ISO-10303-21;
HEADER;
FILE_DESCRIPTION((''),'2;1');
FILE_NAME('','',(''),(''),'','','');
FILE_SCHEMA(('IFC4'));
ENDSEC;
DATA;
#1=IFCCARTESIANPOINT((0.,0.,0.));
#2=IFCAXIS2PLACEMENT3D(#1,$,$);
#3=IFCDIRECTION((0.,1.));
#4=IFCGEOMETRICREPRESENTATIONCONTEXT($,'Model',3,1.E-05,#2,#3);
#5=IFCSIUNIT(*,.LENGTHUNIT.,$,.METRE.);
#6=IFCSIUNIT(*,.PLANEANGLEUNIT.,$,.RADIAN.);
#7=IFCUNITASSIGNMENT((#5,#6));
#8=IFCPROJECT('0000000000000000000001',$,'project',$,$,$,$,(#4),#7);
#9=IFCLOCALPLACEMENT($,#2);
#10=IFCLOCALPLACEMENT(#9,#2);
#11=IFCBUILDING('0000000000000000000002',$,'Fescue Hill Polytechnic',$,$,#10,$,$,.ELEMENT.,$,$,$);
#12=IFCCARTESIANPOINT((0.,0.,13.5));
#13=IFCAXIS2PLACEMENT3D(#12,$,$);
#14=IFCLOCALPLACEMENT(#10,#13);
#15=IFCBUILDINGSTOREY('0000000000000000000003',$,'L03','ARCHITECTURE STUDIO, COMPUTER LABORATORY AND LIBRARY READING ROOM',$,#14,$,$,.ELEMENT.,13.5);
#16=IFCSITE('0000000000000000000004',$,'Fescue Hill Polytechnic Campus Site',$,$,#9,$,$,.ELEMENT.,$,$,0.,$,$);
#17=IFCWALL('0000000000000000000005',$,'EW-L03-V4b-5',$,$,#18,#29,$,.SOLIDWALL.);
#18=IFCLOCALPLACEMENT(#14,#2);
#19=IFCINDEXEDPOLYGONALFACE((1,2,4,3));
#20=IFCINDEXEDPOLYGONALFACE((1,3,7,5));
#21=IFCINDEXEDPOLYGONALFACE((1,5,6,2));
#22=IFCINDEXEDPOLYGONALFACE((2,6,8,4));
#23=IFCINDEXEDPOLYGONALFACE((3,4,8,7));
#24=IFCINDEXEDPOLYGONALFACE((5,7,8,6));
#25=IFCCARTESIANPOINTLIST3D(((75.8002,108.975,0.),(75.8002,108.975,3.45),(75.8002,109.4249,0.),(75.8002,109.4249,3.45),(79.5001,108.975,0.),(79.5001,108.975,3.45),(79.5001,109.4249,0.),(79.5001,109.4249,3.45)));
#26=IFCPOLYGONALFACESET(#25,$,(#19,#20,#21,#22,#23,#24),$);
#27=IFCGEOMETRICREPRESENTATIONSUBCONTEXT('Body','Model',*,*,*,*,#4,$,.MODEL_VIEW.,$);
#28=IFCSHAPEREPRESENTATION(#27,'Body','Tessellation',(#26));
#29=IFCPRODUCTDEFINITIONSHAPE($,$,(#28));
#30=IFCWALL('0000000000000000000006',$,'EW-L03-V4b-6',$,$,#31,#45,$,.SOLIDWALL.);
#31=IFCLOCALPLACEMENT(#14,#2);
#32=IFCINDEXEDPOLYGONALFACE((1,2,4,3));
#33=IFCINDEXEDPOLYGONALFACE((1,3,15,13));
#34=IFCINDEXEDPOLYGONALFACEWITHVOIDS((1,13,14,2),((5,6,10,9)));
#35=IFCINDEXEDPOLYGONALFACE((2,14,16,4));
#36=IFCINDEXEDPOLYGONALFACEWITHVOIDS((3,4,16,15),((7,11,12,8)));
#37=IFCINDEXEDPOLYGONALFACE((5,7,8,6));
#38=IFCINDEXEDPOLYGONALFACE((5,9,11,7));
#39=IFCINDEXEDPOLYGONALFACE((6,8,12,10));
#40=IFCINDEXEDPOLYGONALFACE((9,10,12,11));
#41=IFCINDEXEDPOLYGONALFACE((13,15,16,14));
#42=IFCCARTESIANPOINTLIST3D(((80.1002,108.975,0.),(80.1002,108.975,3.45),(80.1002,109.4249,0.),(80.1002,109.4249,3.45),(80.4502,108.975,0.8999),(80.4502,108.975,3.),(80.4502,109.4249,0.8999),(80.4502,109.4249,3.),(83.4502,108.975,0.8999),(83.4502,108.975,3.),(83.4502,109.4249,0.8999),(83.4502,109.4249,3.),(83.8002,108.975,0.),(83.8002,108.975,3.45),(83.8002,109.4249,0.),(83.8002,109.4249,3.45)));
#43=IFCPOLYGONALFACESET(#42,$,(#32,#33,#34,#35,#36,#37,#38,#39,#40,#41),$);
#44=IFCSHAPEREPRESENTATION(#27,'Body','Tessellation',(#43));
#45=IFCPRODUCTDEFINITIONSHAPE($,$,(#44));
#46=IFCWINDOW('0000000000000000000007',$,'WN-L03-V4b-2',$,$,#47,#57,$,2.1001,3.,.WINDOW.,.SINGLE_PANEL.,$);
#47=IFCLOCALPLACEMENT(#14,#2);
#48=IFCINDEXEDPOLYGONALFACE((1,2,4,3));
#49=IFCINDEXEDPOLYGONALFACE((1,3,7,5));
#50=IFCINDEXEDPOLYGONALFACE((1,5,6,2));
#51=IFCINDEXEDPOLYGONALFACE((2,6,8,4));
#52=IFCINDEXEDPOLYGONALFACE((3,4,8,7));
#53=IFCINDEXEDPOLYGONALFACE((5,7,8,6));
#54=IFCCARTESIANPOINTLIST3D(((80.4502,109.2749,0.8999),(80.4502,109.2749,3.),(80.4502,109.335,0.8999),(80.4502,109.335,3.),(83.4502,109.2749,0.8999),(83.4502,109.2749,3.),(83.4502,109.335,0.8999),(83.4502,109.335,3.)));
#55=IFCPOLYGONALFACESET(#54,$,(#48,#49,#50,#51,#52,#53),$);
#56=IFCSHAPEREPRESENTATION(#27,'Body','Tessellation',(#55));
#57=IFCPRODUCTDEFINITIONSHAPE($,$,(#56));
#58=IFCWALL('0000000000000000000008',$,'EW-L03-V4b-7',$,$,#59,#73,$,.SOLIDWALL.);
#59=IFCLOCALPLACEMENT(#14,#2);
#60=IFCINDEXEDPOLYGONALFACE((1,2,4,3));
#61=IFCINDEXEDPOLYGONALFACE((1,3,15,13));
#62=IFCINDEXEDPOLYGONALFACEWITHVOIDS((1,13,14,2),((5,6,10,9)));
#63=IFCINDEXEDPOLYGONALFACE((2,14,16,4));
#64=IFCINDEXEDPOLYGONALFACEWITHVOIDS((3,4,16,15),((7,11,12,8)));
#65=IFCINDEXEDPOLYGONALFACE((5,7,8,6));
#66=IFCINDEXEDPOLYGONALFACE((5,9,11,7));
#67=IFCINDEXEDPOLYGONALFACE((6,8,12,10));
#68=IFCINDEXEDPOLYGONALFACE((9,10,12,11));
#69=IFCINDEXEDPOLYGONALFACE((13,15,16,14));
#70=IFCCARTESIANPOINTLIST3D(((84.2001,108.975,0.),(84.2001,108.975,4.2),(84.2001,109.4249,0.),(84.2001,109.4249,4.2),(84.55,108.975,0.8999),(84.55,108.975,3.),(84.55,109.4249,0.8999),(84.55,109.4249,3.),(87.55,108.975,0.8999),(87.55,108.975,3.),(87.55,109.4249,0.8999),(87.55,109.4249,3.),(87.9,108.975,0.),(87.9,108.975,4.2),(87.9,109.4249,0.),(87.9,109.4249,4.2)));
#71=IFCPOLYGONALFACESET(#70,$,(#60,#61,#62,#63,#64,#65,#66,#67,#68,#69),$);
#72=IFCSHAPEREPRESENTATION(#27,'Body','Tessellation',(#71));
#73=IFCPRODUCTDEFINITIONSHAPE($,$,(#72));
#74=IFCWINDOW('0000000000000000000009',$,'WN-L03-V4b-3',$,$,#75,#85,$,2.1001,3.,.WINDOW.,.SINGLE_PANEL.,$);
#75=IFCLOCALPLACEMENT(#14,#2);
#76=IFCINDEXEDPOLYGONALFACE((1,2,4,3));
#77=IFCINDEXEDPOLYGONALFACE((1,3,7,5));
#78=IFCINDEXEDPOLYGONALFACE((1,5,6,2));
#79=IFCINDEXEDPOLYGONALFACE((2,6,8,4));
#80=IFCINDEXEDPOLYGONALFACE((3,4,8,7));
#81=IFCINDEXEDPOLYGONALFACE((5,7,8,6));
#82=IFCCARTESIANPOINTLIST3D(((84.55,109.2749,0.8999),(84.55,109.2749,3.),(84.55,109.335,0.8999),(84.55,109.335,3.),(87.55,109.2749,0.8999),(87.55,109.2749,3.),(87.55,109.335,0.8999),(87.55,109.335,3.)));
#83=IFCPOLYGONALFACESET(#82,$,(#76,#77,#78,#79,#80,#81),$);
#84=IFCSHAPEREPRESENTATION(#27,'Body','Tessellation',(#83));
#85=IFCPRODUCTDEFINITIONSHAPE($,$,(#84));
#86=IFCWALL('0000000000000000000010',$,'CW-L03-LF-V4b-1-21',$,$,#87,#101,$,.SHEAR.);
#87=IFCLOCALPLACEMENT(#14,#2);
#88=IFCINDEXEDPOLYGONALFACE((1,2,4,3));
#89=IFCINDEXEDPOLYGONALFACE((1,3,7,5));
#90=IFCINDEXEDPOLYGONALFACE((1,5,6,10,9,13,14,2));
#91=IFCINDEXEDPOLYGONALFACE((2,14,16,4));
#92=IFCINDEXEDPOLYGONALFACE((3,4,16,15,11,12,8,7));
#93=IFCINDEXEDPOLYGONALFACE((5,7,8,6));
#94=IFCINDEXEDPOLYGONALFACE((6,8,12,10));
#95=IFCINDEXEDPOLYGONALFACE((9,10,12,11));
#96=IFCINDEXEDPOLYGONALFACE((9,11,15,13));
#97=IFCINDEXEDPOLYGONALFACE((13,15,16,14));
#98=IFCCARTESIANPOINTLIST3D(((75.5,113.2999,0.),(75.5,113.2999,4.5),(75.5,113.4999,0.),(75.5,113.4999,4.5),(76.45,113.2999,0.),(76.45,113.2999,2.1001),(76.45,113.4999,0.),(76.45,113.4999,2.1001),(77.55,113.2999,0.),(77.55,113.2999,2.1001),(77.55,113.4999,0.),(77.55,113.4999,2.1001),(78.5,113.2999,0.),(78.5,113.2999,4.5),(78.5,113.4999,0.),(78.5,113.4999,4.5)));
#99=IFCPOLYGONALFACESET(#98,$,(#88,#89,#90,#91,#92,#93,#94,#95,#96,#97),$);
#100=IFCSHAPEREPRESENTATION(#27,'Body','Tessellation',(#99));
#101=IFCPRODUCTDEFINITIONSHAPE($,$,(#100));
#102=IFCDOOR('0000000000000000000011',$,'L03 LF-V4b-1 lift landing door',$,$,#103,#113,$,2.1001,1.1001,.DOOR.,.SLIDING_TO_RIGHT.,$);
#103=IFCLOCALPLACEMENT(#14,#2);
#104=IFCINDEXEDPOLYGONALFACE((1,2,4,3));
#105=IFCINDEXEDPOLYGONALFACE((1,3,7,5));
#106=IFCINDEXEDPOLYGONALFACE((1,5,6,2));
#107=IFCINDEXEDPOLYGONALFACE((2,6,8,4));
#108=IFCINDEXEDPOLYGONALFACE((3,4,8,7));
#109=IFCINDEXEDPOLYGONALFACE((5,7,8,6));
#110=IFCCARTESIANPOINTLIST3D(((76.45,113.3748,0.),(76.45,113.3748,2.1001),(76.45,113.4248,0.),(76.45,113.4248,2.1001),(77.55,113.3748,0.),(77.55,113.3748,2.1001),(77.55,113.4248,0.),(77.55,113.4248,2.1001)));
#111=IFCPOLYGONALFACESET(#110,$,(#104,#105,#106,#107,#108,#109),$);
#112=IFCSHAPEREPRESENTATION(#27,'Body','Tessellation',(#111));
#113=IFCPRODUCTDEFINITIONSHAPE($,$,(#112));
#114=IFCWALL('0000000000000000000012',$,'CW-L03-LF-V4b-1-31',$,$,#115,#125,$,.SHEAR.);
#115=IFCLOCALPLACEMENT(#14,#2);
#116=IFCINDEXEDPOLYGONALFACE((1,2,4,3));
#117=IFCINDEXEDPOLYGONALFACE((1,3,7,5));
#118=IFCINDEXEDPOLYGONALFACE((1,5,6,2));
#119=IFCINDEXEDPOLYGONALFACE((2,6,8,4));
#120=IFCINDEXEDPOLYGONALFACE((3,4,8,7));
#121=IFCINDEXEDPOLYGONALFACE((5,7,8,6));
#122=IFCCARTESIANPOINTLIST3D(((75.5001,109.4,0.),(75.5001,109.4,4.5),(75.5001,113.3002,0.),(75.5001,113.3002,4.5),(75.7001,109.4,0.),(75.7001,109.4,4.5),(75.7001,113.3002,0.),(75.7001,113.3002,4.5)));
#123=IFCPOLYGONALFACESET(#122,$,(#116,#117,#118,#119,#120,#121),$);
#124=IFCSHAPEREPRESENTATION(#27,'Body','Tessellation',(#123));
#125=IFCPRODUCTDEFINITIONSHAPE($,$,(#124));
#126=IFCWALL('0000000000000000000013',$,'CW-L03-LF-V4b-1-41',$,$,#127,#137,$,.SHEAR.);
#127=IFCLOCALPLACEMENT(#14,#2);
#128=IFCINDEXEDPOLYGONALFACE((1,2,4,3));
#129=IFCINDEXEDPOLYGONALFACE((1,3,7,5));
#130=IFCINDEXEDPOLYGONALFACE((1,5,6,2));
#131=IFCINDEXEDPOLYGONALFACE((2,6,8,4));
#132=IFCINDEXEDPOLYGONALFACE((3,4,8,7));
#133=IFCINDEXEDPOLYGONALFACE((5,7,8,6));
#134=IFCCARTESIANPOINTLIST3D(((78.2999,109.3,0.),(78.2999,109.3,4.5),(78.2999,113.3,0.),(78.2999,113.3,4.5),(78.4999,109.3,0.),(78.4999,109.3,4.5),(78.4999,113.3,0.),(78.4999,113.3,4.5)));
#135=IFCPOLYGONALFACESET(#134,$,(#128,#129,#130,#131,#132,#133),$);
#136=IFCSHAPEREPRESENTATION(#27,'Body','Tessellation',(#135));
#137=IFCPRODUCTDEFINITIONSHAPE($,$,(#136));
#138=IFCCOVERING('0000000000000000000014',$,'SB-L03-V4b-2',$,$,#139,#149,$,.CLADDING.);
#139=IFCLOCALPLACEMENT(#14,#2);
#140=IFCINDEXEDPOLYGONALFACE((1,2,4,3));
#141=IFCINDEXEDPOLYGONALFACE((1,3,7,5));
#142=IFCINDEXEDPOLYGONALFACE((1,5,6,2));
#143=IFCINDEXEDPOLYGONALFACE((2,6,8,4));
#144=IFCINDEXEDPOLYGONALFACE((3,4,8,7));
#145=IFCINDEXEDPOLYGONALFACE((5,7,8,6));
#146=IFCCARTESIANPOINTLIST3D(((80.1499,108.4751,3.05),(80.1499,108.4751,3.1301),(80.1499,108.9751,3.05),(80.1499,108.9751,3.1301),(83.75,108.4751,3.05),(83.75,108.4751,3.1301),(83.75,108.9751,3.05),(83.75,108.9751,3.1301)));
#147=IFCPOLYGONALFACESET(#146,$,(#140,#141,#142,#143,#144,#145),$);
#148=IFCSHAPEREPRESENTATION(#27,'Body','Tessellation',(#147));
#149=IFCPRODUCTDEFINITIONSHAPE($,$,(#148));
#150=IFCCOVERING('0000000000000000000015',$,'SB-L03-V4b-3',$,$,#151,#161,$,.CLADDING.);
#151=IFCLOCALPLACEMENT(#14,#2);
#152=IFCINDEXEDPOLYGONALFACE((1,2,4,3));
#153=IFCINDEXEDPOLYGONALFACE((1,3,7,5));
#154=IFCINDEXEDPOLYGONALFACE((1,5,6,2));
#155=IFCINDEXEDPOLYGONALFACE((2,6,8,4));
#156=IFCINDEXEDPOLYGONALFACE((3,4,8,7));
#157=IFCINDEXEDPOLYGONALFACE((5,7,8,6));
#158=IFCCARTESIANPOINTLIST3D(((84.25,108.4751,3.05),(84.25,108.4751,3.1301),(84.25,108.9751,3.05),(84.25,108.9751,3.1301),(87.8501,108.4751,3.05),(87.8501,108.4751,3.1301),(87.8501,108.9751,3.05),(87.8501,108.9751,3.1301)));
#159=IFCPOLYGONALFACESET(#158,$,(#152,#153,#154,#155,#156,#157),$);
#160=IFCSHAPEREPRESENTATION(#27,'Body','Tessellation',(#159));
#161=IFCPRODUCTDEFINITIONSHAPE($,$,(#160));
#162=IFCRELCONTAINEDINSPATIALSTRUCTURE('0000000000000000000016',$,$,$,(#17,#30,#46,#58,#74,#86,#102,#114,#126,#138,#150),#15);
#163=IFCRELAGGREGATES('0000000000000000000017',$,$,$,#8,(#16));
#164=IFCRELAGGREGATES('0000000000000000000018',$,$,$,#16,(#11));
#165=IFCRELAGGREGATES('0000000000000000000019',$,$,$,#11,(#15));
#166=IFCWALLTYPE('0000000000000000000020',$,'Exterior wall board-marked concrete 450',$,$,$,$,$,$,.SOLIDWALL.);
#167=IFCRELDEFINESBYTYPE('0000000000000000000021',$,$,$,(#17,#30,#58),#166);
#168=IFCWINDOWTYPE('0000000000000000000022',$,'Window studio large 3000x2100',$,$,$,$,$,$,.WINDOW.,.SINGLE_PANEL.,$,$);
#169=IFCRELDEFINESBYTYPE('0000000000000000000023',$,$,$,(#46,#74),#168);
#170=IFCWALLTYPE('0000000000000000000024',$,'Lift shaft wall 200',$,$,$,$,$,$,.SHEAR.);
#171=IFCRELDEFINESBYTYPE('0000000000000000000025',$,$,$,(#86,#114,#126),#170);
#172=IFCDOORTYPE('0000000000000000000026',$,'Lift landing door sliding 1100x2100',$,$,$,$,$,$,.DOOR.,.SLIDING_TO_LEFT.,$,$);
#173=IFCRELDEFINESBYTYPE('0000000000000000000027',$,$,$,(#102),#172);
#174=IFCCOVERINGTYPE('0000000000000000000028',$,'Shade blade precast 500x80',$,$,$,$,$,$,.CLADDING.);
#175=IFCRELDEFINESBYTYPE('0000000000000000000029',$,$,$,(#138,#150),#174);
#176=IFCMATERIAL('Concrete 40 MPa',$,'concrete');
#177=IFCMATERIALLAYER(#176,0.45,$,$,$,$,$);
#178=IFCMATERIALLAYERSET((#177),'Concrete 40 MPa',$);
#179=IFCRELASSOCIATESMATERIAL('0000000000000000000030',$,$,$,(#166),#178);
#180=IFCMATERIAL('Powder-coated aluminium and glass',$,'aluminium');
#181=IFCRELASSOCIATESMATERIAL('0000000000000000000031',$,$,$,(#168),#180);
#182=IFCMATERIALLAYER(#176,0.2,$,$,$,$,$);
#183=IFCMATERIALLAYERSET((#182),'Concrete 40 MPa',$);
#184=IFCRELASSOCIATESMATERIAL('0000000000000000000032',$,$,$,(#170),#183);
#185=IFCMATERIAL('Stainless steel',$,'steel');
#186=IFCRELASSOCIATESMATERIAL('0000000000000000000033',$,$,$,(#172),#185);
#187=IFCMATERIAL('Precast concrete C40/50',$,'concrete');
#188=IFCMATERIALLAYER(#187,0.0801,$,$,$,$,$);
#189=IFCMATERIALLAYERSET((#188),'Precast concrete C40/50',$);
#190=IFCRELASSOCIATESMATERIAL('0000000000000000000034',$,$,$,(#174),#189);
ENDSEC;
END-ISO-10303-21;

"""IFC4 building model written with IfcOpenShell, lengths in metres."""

from ifc_helpers import new_model, si_unit, direction, frame, frame_2d, origin, origin_2d, place, context, subcontext, project, spatial, rectangle, extrude, material, layer, layer_set, type_object, element, fill, save


model = new_model("IFC4")

# Units and contexts
model_context = context("Model", 3, precision=1e-05, world=origin(), true_north=direction((0.0, 1.0)))
body_context = subcontext(model_context, "Body", "Model", "MODEL_VIEW")
ifc_project = project(units=[si_unit("LENGTHUNIT", "METRE"), si_unit("PLANEANGLEUNIT", "RADIAN")], contexts=[model_context])

# Site, building, storey
site_placement = place(None, origin())
site = spatial("IfcSite", under=ifc_project, at=site_placement, Name="Fescue Hill Polytechnic Campus Site", CompositionType="ELEMENT", RefElevation=0.0)
building_placement = place(site_placement, origin())
building = spatial("IfcBuilding", under=site, at=building_placement, Name="Fescue Hill Polytechnic", CompositionType="ELEMENT")
storey_placement = place(building_placement, frame((0.0, 0.0, 13.5)))
storey = spatial("IfcBuildingStorey", under=building, at=storey_placement, Name="L03", Description="ARCHITECTURE STUDIO, COMPUTER LABORATORY AND LIBRARY READING ROOM", CompositionType="ELEMENT", Elevation=13.5)

# Shared definitions
ifc_material_1 = material(Name="Concrete 40 MPa", Category="concrete")

# Wall
ifc_layer_1 = layer(ifc_material_1, 0.45)
ifc_layer_set_1 = layer_set([ifc_layer_1], Name="Concrete 40 MPa")
wall_type_1 = type_object("IfcWallType", Name="Exterior wall board-marked concrete 450", PredefinedType="SOLIDWALL", material=ifc_layer_set_1)
wall_1_placement = place(storey_placement, frame((75.8, 109.2, 0.0), z_axis=(0.0, 0.0, 1.0), x_axis=(1.0, 0.0, 0.0)))
element("IfcWall", 1, at=wall_1_placement, inside=storey, type_object=wall_type_1, Name="EW-L03-V4b-5", PredefinedType="SOLIDWALL", context=body_context, shape_type="SweptSolid", body=[
    extrude(rectangle(XDim=3.7, YDim=0.45, at=frame_2d((1.8501, 0.0))), origin(), (0.0, 0.0, 1.0), 3.45),
])

# Walls, openings, windows
wall_2_placement = place(storey_placement, frame((80.1001, 109.2, 0.0), z_axis=(0.0, 0.0, 1.0), x_axis=(1.0, 0.0, 0.0)))
wall_2 = element("IfcWall", 2, at=wall_2_placement, inside=storey, type_object=wall_type_1, Name="EW-L03-V4b-6", PredefinedType="SOLIDWALL", context=body_context, shape_type="SweptSolid", body=[
    extrude(rectangle(XDim=3.7, YDim=0.45, at=frame_2d((1.8501, 0.0))), origin(), (0.0, 0.0, 1.0), 3.45),
])
opening_1_placement = place(wall_2_placement, frame((0.3501, 0.0, 0.8999)))
opening_1 = element("IfcOpeningElement", 3, at=opening_1_placement, cuts=wall_2, PredefinedType="OPENING", context=body_context, shape_type="SweptSolid", body=[
    extrude(rectangle(XDim=3.0, YDim=2.1001, at=frame_2d((1.5, 1.05))), frame((0.0, 0.2349, 0.0), z_axis=(0.0, -1.0, 0.0), x_axis=(1.0, 0.0, 0.0)), (0.0, 0.0, 1.0), 0.47),
])
ifc_material_2 = material(Name="Powder-coated aluminium and glass", Category="aluminium")
window_type = type_object("IfcWindowType", Name="Window studio large 3000x2100", PartitioningType="SINGLE_PANEL", PredefinedType="WINDOW", material=ifc_material_2)
window_1_placement = place(opening_1_placement, origin())
window_1 = element("IfcWindow", 4, at=window_1_placement, inside=storey, type_object=window_type, Name="WN-L03-V4b-2", OverallHeight=2.1001, OverallWidth=3.0, PartitioningType="SINGLE_PANEL", PredefinedType="WINDOW", context=body_context, shape_type="SweptSolid", body=[
    extrude(rectangle(XDim=3.0, YDim=2.1001, at=frame_2d((1.5, 1.05))), frame((0.0, 0.135, 0.0), z_axis=(0.0, -1.0, 0.0), x_axis=(1.0, 0.0, 0.0)), (0.0, 0.0, 1.0), 0.0601),
])
fill(opening_1, window_1)
wall_3_placement = place(storey_placement, frame((84.2, 109.2, 0.0), z_axis=(0.0, 0.0, 1.0), x_axis=(1.0, 0.0, 0.0)))
wall_3 = element("IfcWall", 5, at=wall_3_placement, inside=storey, type_object=wall_type_1, Name="EW-L03-V4b-7", PredefinedType="SOLIDWALL", context=body_context, shape_type="SweptSolid", body=[
    extrude(rectangle(XDim=3.7, YDim=0.45, at=frame_2d((1.8501, 0.0))), origin(), (0.0, 0.0, 1.0), 4.2),
])
opening_2_placement = place(wall_3_placement, frame((0.3501, 0.0, 0.8999)))
opening_2 = element("IfcOpeningElement", 6, at=opening_2_placement, cuts=wall_3, PredefinedType="OPENING", context=body_context, shape_type="SweptSolid", body=[
    extrude(rectangle(XDim=3.0, YDim=2.1001, at=frame_2d((1.5, 1.05))), frame((0.0, 0.2349, 0.0), z_axis=(0.0, -1.0, 0.0), x_axis=(1.0, 0.0, 0.0)), (0.0, 0.0, 1.0), 0.47),
])
window_2_placement = place(opening_2_placement, origin())
window_2 = element("IfcWindow", 7, at=window_2_placement, inside=storey, type_object=window_type, Name="WN-L03-V4b-3", OverallHeight=2.1001, OverallWidth=3.0, PartitioningType="SINGLE_PANEL", PredefinedType="WINDOW", context=body_context, shape_type="SweptSolid", body=[
    extrude(rectangle(XDim=3.0, YDim=2.1001, at=frame_2d((1.5, 1.05))), frame((0.0, 0.135, 0.0), z_axis=(0.0, -1.0, 0.0), x_axis=(1.0, 0.0, 0.0)), (0.0, 0.0, 1.0), 0.0601),
])
fill(opening_2, window_2)

# Wall, opening, door
ifc_layer_2 = layer(ifc_material_1, 0.2)
ifc_layer_set_2 = layer_set([ifc_layer_2], Name="Concrete 40 MPa")
wall_type_2 = type_object("IfcWallType", Name="Lift shaft wall 200", PredefinedType="SHEAR", material=ifc_layer_set_2)
wall_4_placement = place(storey_placement, frame((75.5, 113.3999, 0.0), z_axis=(0.0, 0.0, 1.0), x_axis=(1.0, 0.0, 0.0)))
wall_4 = element("IfcWall", 8, at=wall_4_placement, inside=storey, type_object=wall_type_2, Name="CW-L03-LF-V4b-1-21", PredefinedType="SHEAR", context=body_context, shape_type="SweptSolid", body=[
    extrude(rectangle(XDim=3.0, YDim=0.2, at=frame_2d((1.5, 0.0))), origin(), (0.0, 0.0, 1.0), 4.5),
])
opening_3_placement = place(wall_4_placement, frame((0.95, 0.0, 0.0)))
opening_3 = element("IfcOpeningElement", 9, at=opening_3_placement, cuts=wall_4, PredefinedType="OPENING", context=body_context, shape_type="SweptSolid", body=[
    extrude(rectangle(XDim=1.1001, YDim=2.1001, at=frame_2d((0.55, 1.05))), frame((0.0, 0.1099, 0.0), z_axis=(0.0, -1.0, 0.0), x_axis=(1.0, 0.0, 0.0)), (0.0, 0.0, 1.0), 0.22),
])
ifc_material_3 = material(Name="Stainless steel", Category="steel")
door_type = type_object("IfcDoorType", Name="Lift landing door sliding 1100x2100", OperationType="SLIDING_TO_LEFT", PredefinedType="DOOR", material=ifc_material_3)
door_placement = place(opening_3_placement, origin())
door = element("IfcDoor", 10, at=door_placement, inside=storey, type_object=door_type, Name="L03 LF-V4b-1 lift landing door", OperationType="SLIDING_TO_RIGHT", OverallHeight=2.1001, OverallWidth=1.1001, PredefinedType="DOOR", context=body_context, shape_type="SweptSolid", body=[
    extrude(rectangle(XDim=1.1001, YDim=2.1001, at=frame_2d((0.55, 1.05))), frame((0.0, 0.0249, 0.0), z_axis=(0.0, -1.0, 0.0), x_axis=(1.0, 0.0, 0.0)), (0.0, 0.0, 1.0), 0.05),
])
fill(opening_3, door)

# Walls
wall_5_placement = place(storey_placement, frame((75.6001, 109.3999, 0.0), z_axis=(0.0, 0.0, 1.0), x_axis=(0.0, 1.0, 0.0)))
element("IfcWall", 11, at=wall_5_placement, inside=storey, type_object=wall_type_2, Name="CW-L03-LF-V4b-1-31", PredefinedType="SHEAR", context=body_context, shape_type="SweptSolid", body=[
    extrude(rectangle(XDim=3.9001, YDim=0.2, at=frame_2d((1.9502, 0.0))), origin(), (0.0, 0.0, 1.0), 4.5),
])
wall_6_placement = place(storey_placement, frame((78.3999, 109.3, 0.0), z_axis=(0.0, 0.0, 1.0), x_axis=(0.0, 1.0, 0.0)))
element("IfcWall", 12, at=wall_6_placement, inside=storey, type_object=wall_type_2, Name="CW-L03-LF-V4b-1-41", PredefinedType="SHEAR", context=body_context, shape_type="SweptSolid", body=[
    extrude(rectangle(XDim=4.0, YDim=0.2, at=frame_2d((2.0, 0.0))), origin(), (0.0, 0.0, 1.0), 4.5),
])

# Coverings
ifc_material_4 = material(Name="Precast concrete C40/50", Category="concrete")
ifc_layer_3 = layer(ifc_material_4, 0.0801)
ifc_layer_set_3 = layer_set([ifc_layer_3], Name="Precast concrete C40/50")
covering_type = type_object("IfcCoveringType", Name="Shade blade precast 500x80", PredefinedType="CLADDING", material=ifc_layer_set_3)
for number, where, z_axis, x_axis, name in (
    (13, (81.95, 108.7251, 3.05), (0.0, 0.0, 1.0), (1.0, 0.0, 0.0), "SB-L03-V4b-2"),
    (14, (86.05, 108.7251, 3.05), (0.0, 0.0, 1.0), (1.0, 0.0, 0.0), "SB-L03-V4b-3"),
):
    element("IfcCovering", number, at=place(storey_placement, frame(where, z_axis=z_axis, x_axis=x_axis)), inside=storey, type_object=covering_type, Name=name, PredefinedType="CLADDING", context=body_context, shape_type="SweptSolid", body=[
        extrude(rectangle(XDim=3.6001, YDim=0.5, at=origin_2d()), origin(), (0.0, 0.0, 1.0), 0.0801),
    ])

save(model, "model.ifc")
